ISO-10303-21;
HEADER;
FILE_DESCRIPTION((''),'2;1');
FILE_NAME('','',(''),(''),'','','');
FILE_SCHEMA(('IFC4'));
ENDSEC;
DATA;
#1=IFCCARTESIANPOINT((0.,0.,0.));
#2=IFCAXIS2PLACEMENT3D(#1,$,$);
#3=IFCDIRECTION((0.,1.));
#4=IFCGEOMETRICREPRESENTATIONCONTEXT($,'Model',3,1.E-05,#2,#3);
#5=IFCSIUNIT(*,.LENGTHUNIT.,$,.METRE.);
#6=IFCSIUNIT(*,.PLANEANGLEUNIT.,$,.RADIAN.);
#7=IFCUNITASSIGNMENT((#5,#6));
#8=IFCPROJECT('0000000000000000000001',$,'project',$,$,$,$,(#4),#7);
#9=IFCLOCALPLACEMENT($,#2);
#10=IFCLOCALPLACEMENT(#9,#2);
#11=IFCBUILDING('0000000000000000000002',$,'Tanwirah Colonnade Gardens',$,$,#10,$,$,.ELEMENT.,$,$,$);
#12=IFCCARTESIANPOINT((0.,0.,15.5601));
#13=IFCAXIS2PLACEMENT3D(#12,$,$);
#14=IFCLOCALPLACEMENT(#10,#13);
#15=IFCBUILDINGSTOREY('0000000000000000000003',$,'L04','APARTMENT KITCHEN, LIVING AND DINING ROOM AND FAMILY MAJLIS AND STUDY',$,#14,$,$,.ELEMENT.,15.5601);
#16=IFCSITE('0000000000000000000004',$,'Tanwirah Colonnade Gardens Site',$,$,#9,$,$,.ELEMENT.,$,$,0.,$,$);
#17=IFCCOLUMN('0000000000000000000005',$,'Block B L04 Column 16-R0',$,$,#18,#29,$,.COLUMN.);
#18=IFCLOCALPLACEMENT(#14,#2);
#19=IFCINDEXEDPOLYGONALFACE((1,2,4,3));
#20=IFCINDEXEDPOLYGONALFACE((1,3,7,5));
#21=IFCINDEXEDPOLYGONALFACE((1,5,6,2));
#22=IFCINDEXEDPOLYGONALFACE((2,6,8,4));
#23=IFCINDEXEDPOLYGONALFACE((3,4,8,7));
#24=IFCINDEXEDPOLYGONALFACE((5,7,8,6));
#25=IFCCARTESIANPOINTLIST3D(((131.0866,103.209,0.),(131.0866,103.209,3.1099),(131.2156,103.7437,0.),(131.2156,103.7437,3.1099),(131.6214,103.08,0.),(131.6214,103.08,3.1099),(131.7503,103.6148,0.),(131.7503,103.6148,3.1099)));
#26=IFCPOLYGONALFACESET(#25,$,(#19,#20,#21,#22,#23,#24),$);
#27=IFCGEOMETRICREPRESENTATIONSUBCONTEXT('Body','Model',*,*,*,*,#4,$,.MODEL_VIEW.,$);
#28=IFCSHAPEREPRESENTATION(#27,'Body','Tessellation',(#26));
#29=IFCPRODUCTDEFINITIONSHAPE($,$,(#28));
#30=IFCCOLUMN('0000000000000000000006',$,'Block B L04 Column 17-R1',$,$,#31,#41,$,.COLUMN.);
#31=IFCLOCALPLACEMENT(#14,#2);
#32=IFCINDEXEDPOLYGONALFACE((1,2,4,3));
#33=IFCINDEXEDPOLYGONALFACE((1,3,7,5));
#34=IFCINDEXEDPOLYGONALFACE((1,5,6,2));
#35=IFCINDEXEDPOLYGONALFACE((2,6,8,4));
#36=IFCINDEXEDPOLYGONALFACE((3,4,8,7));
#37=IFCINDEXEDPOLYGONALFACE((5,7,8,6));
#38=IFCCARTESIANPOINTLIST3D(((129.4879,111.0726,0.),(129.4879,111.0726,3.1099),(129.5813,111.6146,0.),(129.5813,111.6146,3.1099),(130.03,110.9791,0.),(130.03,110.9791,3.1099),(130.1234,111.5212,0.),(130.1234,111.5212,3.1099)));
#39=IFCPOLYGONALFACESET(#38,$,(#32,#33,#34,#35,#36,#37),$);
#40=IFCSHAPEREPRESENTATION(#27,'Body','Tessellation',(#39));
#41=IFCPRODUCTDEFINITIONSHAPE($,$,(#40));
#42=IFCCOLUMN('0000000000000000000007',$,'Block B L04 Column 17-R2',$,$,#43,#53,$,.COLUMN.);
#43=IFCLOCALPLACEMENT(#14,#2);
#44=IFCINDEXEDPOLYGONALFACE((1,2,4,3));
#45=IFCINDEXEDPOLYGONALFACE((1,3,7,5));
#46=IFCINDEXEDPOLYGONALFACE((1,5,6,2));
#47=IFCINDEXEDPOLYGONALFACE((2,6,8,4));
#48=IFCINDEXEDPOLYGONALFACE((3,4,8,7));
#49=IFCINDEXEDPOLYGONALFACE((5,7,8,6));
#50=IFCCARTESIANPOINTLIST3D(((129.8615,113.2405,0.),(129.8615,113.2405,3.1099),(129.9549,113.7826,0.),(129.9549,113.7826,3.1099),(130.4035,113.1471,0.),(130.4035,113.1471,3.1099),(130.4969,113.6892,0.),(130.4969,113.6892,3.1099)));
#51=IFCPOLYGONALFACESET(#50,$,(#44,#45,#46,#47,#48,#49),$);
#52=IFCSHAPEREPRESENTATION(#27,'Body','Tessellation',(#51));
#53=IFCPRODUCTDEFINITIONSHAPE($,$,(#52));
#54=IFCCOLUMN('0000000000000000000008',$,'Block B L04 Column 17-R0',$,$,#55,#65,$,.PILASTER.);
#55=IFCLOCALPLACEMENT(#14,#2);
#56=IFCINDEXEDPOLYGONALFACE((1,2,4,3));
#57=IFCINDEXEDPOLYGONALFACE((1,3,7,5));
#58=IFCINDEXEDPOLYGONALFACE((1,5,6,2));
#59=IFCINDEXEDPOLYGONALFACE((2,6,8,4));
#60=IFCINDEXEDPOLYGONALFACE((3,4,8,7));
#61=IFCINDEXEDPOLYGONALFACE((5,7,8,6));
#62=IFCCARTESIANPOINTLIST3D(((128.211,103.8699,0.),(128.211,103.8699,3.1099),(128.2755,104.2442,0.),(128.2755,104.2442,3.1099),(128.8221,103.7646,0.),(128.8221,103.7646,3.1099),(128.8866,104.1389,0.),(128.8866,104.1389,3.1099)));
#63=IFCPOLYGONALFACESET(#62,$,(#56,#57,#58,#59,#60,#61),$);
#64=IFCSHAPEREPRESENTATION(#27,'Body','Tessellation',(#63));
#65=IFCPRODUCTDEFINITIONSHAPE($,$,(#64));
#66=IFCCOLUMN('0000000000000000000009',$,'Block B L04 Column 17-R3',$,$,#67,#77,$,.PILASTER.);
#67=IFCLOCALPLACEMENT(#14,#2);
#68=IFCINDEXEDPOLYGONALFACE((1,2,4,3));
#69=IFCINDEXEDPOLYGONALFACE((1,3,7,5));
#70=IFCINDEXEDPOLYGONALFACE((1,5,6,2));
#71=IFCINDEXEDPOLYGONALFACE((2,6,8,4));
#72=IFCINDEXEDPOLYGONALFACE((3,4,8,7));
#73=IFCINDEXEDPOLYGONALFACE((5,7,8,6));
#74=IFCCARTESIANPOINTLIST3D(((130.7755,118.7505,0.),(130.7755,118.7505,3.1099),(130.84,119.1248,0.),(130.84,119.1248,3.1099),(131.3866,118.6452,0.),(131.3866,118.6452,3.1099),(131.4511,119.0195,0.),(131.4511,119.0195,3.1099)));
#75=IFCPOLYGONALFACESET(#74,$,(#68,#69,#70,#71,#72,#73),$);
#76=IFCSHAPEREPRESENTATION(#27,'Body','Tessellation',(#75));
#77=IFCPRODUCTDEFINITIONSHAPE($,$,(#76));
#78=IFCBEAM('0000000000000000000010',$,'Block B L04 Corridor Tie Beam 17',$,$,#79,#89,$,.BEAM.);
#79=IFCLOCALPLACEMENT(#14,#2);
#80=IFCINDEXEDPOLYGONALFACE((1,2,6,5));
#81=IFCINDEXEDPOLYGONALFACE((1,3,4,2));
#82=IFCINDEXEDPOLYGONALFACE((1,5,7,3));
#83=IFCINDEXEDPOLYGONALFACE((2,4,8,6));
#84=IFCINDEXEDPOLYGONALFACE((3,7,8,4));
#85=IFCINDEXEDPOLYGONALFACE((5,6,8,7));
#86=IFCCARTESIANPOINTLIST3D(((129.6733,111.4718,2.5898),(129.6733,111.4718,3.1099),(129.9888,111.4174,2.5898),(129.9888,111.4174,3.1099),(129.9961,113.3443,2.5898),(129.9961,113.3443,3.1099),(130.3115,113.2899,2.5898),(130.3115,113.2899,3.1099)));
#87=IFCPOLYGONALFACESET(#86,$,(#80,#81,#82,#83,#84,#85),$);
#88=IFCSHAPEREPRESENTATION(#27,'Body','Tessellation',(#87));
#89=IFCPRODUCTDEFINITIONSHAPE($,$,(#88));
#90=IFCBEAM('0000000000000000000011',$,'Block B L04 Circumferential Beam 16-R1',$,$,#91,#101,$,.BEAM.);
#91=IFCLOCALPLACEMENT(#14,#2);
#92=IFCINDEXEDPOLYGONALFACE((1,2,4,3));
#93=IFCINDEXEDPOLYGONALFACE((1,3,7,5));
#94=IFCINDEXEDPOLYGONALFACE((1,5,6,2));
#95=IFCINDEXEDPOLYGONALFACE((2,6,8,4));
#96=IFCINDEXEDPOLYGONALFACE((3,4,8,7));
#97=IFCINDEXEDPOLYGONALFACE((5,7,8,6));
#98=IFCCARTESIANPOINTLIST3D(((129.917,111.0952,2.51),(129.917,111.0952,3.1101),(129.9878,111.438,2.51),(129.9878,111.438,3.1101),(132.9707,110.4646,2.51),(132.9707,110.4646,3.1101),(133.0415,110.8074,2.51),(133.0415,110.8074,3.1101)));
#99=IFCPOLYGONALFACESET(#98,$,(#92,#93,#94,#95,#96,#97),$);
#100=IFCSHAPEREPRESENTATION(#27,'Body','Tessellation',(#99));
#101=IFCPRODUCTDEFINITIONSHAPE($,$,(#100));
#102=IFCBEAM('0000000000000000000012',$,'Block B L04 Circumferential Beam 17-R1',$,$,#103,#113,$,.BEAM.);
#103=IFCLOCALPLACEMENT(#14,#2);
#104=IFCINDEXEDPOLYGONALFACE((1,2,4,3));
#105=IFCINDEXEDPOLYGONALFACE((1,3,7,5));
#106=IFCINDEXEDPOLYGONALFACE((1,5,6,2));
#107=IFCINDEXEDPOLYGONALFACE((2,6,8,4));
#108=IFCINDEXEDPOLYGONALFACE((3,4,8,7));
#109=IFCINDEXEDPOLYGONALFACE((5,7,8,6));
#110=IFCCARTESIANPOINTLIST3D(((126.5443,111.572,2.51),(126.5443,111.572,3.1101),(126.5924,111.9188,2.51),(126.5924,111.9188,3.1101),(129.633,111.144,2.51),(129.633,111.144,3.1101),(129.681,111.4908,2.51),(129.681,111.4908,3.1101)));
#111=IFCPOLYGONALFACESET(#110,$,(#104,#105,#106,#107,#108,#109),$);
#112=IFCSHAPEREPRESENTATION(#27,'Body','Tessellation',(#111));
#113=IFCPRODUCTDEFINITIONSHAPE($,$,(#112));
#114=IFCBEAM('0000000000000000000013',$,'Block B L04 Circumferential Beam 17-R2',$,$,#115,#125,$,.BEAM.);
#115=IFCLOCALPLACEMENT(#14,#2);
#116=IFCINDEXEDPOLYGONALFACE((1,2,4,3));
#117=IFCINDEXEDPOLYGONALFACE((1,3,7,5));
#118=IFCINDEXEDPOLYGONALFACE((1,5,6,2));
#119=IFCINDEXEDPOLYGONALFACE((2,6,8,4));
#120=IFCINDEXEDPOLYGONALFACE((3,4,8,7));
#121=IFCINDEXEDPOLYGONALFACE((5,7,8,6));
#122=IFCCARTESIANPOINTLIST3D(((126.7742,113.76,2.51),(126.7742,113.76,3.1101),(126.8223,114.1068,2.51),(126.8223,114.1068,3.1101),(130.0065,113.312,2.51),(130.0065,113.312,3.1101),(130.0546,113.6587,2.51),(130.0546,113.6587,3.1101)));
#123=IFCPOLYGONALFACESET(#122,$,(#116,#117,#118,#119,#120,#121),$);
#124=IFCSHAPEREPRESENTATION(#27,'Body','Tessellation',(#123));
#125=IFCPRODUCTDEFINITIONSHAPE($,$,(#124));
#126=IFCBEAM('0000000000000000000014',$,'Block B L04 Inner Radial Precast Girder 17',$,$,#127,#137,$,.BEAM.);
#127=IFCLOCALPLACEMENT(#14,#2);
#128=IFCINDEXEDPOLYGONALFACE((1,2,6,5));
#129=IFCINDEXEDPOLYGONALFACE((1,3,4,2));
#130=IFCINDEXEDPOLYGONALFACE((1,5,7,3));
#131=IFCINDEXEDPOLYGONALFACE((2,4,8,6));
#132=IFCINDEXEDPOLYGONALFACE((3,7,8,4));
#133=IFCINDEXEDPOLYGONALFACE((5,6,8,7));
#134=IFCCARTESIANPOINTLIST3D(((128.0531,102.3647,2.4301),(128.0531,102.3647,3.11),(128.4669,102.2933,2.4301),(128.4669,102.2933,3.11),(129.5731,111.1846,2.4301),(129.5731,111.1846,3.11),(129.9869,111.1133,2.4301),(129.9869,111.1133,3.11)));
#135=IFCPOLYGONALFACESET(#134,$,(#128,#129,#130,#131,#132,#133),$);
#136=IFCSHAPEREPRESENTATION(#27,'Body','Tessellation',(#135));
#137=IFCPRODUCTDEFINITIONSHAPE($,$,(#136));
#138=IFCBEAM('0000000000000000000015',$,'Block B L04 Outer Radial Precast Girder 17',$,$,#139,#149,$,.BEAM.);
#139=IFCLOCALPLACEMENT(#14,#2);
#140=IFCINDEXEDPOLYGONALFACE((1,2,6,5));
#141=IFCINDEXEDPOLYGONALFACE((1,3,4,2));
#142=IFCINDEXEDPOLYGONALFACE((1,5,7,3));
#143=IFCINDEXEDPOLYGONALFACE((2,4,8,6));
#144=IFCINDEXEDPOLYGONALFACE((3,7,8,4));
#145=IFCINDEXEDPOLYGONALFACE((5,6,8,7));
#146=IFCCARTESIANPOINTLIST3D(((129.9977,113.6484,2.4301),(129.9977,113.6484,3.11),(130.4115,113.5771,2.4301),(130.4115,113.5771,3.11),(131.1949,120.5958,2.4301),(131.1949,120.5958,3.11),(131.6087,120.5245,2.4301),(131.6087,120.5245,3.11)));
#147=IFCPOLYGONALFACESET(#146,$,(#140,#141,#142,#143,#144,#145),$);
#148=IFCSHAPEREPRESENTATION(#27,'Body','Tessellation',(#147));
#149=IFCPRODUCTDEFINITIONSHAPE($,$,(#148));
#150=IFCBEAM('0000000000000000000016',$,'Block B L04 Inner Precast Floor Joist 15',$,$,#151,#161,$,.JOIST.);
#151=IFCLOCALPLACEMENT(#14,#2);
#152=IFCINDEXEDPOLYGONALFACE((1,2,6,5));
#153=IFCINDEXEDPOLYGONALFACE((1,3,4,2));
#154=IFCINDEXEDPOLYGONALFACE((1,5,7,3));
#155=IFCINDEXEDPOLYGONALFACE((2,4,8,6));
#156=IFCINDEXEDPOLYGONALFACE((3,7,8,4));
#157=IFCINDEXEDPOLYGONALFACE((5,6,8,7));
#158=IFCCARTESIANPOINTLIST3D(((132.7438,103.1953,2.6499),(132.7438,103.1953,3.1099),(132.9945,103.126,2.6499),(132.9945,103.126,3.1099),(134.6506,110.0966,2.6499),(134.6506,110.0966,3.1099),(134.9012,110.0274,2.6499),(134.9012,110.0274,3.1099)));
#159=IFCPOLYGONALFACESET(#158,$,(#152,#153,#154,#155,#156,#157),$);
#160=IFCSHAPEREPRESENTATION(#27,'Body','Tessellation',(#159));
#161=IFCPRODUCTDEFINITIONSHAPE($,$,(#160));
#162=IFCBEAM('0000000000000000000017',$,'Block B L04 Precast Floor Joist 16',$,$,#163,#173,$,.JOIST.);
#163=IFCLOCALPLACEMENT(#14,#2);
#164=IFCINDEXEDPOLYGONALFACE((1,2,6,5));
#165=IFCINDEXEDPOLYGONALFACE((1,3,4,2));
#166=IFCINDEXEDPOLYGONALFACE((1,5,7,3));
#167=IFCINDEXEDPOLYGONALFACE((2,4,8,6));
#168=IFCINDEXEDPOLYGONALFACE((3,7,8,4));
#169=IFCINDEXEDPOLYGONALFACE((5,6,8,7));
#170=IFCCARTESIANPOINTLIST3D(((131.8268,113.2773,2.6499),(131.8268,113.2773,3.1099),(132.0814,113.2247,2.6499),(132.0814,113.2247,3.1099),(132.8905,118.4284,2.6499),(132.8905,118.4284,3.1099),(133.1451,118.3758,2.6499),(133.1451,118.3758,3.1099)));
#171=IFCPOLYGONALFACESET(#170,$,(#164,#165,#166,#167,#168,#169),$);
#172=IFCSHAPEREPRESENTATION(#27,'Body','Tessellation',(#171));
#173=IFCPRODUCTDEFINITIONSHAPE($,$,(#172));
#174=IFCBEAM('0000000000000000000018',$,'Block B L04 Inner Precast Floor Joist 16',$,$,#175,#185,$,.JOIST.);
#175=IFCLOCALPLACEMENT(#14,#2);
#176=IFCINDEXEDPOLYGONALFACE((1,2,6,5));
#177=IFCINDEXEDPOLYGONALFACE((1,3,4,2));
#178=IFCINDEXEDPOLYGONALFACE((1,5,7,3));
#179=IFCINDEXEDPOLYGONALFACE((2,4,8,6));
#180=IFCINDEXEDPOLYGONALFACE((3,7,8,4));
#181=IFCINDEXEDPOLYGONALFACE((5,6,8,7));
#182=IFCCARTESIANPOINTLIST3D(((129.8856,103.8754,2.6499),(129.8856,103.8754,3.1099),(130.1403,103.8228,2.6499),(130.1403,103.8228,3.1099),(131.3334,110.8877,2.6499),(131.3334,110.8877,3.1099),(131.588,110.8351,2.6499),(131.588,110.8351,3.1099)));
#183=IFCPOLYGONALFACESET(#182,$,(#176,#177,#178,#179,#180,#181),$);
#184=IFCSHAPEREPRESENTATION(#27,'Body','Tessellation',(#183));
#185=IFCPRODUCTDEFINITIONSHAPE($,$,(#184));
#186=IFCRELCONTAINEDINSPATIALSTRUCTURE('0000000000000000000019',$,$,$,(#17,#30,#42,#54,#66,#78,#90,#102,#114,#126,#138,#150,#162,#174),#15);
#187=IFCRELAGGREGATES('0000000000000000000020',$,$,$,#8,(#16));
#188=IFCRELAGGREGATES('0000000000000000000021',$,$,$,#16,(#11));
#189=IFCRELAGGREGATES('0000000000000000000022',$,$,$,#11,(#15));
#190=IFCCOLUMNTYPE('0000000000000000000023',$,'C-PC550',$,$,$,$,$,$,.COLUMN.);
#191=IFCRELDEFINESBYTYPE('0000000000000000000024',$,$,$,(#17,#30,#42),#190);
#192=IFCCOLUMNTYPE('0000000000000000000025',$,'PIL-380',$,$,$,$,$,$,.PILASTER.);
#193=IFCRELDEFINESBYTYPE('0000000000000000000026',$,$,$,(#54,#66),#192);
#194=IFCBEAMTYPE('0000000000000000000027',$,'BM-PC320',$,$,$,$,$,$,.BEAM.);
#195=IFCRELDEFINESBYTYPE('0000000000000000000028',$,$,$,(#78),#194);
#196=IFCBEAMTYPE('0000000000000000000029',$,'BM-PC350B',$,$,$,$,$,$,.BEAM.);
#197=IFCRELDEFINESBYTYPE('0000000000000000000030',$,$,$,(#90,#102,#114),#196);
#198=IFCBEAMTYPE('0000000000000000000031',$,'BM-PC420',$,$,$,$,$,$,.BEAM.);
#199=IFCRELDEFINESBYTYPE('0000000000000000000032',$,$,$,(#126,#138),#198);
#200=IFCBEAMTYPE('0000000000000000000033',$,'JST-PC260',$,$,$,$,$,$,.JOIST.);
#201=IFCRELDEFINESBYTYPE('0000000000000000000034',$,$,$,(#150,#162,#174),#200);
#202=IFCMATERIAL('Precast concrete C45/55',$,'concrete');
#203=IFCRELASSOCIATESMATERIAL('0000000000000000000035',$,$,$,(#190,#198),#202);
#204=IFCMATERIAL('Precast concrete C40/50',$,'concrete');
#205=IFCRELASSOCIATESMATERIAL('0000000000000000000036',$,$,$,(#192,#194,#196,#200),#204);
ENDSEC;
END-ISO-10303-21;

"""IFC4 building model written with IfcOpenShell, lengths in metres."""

from ifc_helpers import new_model, si_unit, direction, frame, origin, origin_2d, place, context, subcontext, project, spatial, rectangle, extrude, material, material_profile, profile_set, type_object, element, save


model = new_model("IFC4")

# Units and contexts
model_context = context("Model", 3, precision=1e-05, world=origin(), true_north=direction((0.0, 1.0)))
body_context = subcontext(model_context, "Body", "Model", "MODEL_VIEW")
ifc_project = project(units=[si_unit("LENGTHUNIT", "METRE"), si_unit("PLANEANGLEUNIT", "RADIAN")], contexts=[model_context])

# Site, building, storey
site_placement = place(None, origin())
site = spatial("IfcSite", under=ifc_project, at=site_placement, Name="Tanwirah Colonnade Gardens Site", CompositionType="ELEMENT", RefElevation=0.0)
building_placement = place(site_placement, origin())
building = spatial("IfcBuilding", under=site, at=building_placement, Name="Tanwirah Colonnade Gardens", CompositionType="ELEMENT")
storey_placement = place(building_placement, frame((0.0, 0.0, 15.5601)))
storey = spatial("IfcBuildingStorey", under=building, at=storey_placement, Name="L04", Description="APARTMENT KITCHEN, LIVING AND DINING ROOM AND FAMILY MAJLIS AND STUDY", CompositionType="ELEMENT", Elevation=15.5601)

# Columns
ifc_material_1 = material(Name="Precast concrete C45/55", Category="concrete")
ifc_material_profile_1 = material_profile(ifc_material_1, rectangle(XDim=0.55, YDim=0.55, at=origin_2d()), Name="PC-COL 550x550")
ifc_profile_set_1 = profile_set([ifc_material_profile_1], Name="Precast concrete C45/55")
column_type_1 = type_object("IfcColumnType", Name="C-PC550", PredefinedType="COLUMN", material=ifc_profile_set_1)
for number, where, z_axis, x_axis, name in (
    (1, (131.4185, 103.4119, 0.0), (0.0, 0.0, 1.0), (0.234388, 0.972143, 0.0), "Block B L04 Column 16-R0"),
    (2, (129.8057, 111.2969, 0.0), (0.0, 0.0, 1.0), (0.169827, 0.985474, 0.0), "Block B L04 Column 17-R1"),
    (3, (130.1792, 113.4648, 0.0), (0.0, 0.0, 1.0), (0.169827, 0.985474, 0.0), "Block B L04 Column 17-R2"),
):
    element("IfcColumn", number, at=place(storey_placement, frame(where, z_axis=z_axis, x_axis=x_axis)), inside=storey, type_object=column_type_1, Name=name, PredefinedType="COLUMN", context=body_context, shape_type="SweptSolid", body=[
        extrude(rectangle(XDim=0.55, YDim=0.55, at=origin_2d()), origin(), (0.0, 0.0, 1.0), 3.1099),
    ])
ifc_material_2 = material(Name="Precast concrete C40/50", Category="concrete")
ifc_material_profile_2 = material_profile(ifc_material_2, rectangle(XDim=0.3799, YDim=0.6201, at=origin_2d()), Name="PC-PIL 380x620")
ifc_profile_set_2 = profile_set([ifc_material_profile_2], Name="Precast concrete C40/50")
column_type_2 = type_object("IfcColumnType", Name="PIL-380", PredefinedType="PILASTER", material=ifc_profile_set_2)
for number, where, z_axis, x_axis, name in (
    (4, (128.5488, 104.0044, 0.0), (0.0, 0.0, 1.0), (0.169827, 0.985474, 0.0), "Block B L04 Column 17-R0"),
    (5, (131.1133, 118.885, 0.0), (0.0, 0.0, 1.0), (0.169827, 0.985474, 0.0), "Block B L04 Column 17-R3"),
):
    element("IfcColumn", number, at=place(storey_placement, frame(where, z_axis=z_axis, x_axis=x_axis)), inside=storey, type_object=column_type_2, Name=name, PredefinedType="PILASTER", context=body_context, shape_type="SweptSolid", body=[
        extrude(rectangle(XDim=0.3799, YDim=0.6201, at=origin_2d()), origin(), (0.0, 0.0, 1.0), 3.1099),
    ])

# Beams
ifc_material_profile_3 = material_profile(ifc_material_2, rectangle(XDim=0.3201, YDim=0.52, at=origin_2d()), Name="PC-BM 320x520")
ifc_profile_set_3 = profile_set([ifc_material_profile_3], Name="Precast concrete C40/50")
beam_type_1 = type_object("IfcBeamType", Name="BM-PC320", PredefinedType="BEAM", material=ifc_profile_set_3)
beam_1_placement = place(storey_placement, frame((129.8311, 111.4446, 2.8499), z_axis=(0.169855, 0.985469, 0.0), x_axis=(-0.985469, 0.169855, 0.0)))
element("IfcBeam", 6, at=beam_1_placement, inside=storey, type_object=beam_type_1, Name="Block B L04 Corridor Tie Beam 17", PredefinedType="BEAM", context=body_context, shape_type="SweptSolid", body=[
    extrude(rectangle(XDim=0.3201, YDim=0.52, at=origin_2d()), origin(), (0.0, 0.0, 1.0), 1.9001),
])
ifc_material_profile_4 = material_profile(ifc_material_2, rectangle(XDim=0.3501, YDim=0.6001, at=origin_2d()), Name="PC-BM 350x600")
ifc_profile_set_4 = profile_set([ifc_material_profile_4], Name="Precast concrete C40/50")
beam_type_2 = type_object("IfcBeamType", Name="BM-PC350B", PredefinedType="BEAM", material=ifc_profile_set_4)
for number, where, z_axis, x_axis, name in (
    (7, (133.0061, 110.636, 2.8101), (-0.979336, 0.202241, 0.0), (-0.202241, -0.979336, 0.0), "Block B L04 Circumferential Beam 16-R1"),
    (8, (129.657, 111.3174, 2.8101), (-0.990536, 0.137255, 0.0), (-0.137255, -0.990536, 0.0), "Block B L04 Circumferential Beam 17-R1"),
):
    element("IfcBeam", number, at=place(storey_placement, frame(where, z_axis=z_axis, x_axis=x_axis)), inside=storey, type_object=beam_type_2, Name=name, PredefinedType="BEAM", context=body_context, shape_type="SweptSolid", body=[
        extrude(rectangle(XDim=0.3501, YDim=0.6001, at=origin_2d()), origin(), (0.0, 0.0, 1.0), 3.1182),
    ])
beam_2_placement = place(storey_placement, frame((130.0305, 113.4854, 2.8101), z_axis=(-0.99053, 0.137293, 0.0), x_axis=(-0.137293, -0.99053, 0.0)))
element("IfcBeam", 9, at=beam_2_placement, inside=storey, type_object=beam_type_2, Name="Block B L04 Circumferential Beam 17-R2", PredefinedType="BEAM", context=body_context, shape_type="SweptSolid", body=[
    extrude(rectangle(XDim=0.3501, YDim=0.6001, at=origin_2d()), origin(), (0.0, 0.0, 1.0), 3.2632),
])
ifc_material_profile_5 = material_profile(ifc_material_1, rectangle(XDim=0.4199, YDim=0.6799, at=origin_2d()), Name="PC-BM 420x680")
ifc_profile_set_5 = profile_set([ifc_material_profile_5], Name="Precast concrete C45/55")
beam_type_3 = type_object("IfcBeamType", Name="BM-PC420", PredefinedType="BEAM", material=ifc_profile_set_5)
beam_3_placement = place(storey_placement, frame((129.78, 111.1489, 2.77), z_axis=(-0.169837, -0.985472, 0.0), x_axis=(0.985472, -0.169837, 0.0)))
element("IfcBeam", 10, at=beam_3_placement, inside=storey, type_object=beam_type_3, Name="Block B L04 Inner Radial Precast Girder 17", PredefinedType="BEAM", context=body_context, shape_type="SweptSolid", body=[
    extrude(rectangle(XDim=0.4199, YDim=0.6799, at=origin_2d()), origin(), (0.0, 0.0, 1.0), 8.95),
])
beam_4_placement = place(storey_placement, frame((130.2046, 113.6128, 2.77), z_axis=(0.169827, 0.985474, 0.0), x_axis=(-0.985474, 0.169827, 0.0)))
element("IfcBeam", 11, at=beam_4_placement, inside=storey, type_object=beam_type_3, Name="Block B L04 Outer Radial Precast Girder 17", PredefinedType="BEAM", context=body_context, shape_type="SweptSolid", body=[
    extrude(rectangle(XDim=0.4199, YDim=0.6799, at=origin_2d()), origin(), (0.0, 0.0, 1.0), 7.0498),
])
ifc_material_profile_6 = material_profile(ifc_material_2, rectangle(XDim=0.26, YDim=0.46, at=origin_2d()), Name="PC-JST 260x460")
ifc_profile_set_6 = profile_set([ifc_material_profile_6], Name="Precast concrete C40/50")
beam_type_4 = type_object("IfcBeamType", Name="JST-PC260", PredefinedType="JOIST", material=ifc_profile_set_6)
beam_5_placement = place(storey_placement, frame((132.8691, 103.1606, 2.8799), z_axis=(0.266307, 0.963888, 0.0), x_axis=(-0.963888, 0.266307, 0.0)))
element("IfcBeam", 12, at=beam_5_placement, inside=storey, type_object=beam_type_4, Name="Block B L04 Inner Precast Floor Joist 15", PredefinedType="JOIST", context=body_context, shape_type="SweptSolid", body=[
    extrude(rectangle(XDim=0.26, YDim=0.46, at=origin_2d()), origin(), (0.0, 0.0, 1.0), 7.1599),
])
beam_6_placement = place(storey_placement, frame((131.9541, 113.251, 2.8799), z_axis=(0.202236, 0.979337, 0.0), x_axis=(-0.979337, 0.202236, 0.0)))
element("IfcBeam", 13, at=beam_6_placement, inside=storey, type_object=beam_type_4, Name="Block B L04 Precast Floor Joist 16", PredefinedType="JOIST", context=body_context, shape_type="SweptSolid", body=[
    extrude(rectangle(XDim=0.26, YDim=0.46, at=origin_2d()), origin(), (0.0, 0.0, 1.0), 5.2598),
])
beam_7_placement = place(storey_placement, frame((130.0129, 103.8491, 2.8799), z_axis=(0.202197, 0.979345, 0.0), x_axis=(-0.979345, 0.202197, 0.0)))
element("IfcBeam", 14, at=beam_7_placement, inside=storey, type_object=beam_type_4, Name="Block B L04 Inner Precast Floor Joist 16", PredefinedType="JOIST", context=body_context, shape_type="SweptSolid", body=[
    extrude(rectangle(XDim=0.26, YDim=0.46, at=origin_2d()), origin(), (0.0, 0.0, 1.0), 7.1602),
])

save(model, "model.ifc")
